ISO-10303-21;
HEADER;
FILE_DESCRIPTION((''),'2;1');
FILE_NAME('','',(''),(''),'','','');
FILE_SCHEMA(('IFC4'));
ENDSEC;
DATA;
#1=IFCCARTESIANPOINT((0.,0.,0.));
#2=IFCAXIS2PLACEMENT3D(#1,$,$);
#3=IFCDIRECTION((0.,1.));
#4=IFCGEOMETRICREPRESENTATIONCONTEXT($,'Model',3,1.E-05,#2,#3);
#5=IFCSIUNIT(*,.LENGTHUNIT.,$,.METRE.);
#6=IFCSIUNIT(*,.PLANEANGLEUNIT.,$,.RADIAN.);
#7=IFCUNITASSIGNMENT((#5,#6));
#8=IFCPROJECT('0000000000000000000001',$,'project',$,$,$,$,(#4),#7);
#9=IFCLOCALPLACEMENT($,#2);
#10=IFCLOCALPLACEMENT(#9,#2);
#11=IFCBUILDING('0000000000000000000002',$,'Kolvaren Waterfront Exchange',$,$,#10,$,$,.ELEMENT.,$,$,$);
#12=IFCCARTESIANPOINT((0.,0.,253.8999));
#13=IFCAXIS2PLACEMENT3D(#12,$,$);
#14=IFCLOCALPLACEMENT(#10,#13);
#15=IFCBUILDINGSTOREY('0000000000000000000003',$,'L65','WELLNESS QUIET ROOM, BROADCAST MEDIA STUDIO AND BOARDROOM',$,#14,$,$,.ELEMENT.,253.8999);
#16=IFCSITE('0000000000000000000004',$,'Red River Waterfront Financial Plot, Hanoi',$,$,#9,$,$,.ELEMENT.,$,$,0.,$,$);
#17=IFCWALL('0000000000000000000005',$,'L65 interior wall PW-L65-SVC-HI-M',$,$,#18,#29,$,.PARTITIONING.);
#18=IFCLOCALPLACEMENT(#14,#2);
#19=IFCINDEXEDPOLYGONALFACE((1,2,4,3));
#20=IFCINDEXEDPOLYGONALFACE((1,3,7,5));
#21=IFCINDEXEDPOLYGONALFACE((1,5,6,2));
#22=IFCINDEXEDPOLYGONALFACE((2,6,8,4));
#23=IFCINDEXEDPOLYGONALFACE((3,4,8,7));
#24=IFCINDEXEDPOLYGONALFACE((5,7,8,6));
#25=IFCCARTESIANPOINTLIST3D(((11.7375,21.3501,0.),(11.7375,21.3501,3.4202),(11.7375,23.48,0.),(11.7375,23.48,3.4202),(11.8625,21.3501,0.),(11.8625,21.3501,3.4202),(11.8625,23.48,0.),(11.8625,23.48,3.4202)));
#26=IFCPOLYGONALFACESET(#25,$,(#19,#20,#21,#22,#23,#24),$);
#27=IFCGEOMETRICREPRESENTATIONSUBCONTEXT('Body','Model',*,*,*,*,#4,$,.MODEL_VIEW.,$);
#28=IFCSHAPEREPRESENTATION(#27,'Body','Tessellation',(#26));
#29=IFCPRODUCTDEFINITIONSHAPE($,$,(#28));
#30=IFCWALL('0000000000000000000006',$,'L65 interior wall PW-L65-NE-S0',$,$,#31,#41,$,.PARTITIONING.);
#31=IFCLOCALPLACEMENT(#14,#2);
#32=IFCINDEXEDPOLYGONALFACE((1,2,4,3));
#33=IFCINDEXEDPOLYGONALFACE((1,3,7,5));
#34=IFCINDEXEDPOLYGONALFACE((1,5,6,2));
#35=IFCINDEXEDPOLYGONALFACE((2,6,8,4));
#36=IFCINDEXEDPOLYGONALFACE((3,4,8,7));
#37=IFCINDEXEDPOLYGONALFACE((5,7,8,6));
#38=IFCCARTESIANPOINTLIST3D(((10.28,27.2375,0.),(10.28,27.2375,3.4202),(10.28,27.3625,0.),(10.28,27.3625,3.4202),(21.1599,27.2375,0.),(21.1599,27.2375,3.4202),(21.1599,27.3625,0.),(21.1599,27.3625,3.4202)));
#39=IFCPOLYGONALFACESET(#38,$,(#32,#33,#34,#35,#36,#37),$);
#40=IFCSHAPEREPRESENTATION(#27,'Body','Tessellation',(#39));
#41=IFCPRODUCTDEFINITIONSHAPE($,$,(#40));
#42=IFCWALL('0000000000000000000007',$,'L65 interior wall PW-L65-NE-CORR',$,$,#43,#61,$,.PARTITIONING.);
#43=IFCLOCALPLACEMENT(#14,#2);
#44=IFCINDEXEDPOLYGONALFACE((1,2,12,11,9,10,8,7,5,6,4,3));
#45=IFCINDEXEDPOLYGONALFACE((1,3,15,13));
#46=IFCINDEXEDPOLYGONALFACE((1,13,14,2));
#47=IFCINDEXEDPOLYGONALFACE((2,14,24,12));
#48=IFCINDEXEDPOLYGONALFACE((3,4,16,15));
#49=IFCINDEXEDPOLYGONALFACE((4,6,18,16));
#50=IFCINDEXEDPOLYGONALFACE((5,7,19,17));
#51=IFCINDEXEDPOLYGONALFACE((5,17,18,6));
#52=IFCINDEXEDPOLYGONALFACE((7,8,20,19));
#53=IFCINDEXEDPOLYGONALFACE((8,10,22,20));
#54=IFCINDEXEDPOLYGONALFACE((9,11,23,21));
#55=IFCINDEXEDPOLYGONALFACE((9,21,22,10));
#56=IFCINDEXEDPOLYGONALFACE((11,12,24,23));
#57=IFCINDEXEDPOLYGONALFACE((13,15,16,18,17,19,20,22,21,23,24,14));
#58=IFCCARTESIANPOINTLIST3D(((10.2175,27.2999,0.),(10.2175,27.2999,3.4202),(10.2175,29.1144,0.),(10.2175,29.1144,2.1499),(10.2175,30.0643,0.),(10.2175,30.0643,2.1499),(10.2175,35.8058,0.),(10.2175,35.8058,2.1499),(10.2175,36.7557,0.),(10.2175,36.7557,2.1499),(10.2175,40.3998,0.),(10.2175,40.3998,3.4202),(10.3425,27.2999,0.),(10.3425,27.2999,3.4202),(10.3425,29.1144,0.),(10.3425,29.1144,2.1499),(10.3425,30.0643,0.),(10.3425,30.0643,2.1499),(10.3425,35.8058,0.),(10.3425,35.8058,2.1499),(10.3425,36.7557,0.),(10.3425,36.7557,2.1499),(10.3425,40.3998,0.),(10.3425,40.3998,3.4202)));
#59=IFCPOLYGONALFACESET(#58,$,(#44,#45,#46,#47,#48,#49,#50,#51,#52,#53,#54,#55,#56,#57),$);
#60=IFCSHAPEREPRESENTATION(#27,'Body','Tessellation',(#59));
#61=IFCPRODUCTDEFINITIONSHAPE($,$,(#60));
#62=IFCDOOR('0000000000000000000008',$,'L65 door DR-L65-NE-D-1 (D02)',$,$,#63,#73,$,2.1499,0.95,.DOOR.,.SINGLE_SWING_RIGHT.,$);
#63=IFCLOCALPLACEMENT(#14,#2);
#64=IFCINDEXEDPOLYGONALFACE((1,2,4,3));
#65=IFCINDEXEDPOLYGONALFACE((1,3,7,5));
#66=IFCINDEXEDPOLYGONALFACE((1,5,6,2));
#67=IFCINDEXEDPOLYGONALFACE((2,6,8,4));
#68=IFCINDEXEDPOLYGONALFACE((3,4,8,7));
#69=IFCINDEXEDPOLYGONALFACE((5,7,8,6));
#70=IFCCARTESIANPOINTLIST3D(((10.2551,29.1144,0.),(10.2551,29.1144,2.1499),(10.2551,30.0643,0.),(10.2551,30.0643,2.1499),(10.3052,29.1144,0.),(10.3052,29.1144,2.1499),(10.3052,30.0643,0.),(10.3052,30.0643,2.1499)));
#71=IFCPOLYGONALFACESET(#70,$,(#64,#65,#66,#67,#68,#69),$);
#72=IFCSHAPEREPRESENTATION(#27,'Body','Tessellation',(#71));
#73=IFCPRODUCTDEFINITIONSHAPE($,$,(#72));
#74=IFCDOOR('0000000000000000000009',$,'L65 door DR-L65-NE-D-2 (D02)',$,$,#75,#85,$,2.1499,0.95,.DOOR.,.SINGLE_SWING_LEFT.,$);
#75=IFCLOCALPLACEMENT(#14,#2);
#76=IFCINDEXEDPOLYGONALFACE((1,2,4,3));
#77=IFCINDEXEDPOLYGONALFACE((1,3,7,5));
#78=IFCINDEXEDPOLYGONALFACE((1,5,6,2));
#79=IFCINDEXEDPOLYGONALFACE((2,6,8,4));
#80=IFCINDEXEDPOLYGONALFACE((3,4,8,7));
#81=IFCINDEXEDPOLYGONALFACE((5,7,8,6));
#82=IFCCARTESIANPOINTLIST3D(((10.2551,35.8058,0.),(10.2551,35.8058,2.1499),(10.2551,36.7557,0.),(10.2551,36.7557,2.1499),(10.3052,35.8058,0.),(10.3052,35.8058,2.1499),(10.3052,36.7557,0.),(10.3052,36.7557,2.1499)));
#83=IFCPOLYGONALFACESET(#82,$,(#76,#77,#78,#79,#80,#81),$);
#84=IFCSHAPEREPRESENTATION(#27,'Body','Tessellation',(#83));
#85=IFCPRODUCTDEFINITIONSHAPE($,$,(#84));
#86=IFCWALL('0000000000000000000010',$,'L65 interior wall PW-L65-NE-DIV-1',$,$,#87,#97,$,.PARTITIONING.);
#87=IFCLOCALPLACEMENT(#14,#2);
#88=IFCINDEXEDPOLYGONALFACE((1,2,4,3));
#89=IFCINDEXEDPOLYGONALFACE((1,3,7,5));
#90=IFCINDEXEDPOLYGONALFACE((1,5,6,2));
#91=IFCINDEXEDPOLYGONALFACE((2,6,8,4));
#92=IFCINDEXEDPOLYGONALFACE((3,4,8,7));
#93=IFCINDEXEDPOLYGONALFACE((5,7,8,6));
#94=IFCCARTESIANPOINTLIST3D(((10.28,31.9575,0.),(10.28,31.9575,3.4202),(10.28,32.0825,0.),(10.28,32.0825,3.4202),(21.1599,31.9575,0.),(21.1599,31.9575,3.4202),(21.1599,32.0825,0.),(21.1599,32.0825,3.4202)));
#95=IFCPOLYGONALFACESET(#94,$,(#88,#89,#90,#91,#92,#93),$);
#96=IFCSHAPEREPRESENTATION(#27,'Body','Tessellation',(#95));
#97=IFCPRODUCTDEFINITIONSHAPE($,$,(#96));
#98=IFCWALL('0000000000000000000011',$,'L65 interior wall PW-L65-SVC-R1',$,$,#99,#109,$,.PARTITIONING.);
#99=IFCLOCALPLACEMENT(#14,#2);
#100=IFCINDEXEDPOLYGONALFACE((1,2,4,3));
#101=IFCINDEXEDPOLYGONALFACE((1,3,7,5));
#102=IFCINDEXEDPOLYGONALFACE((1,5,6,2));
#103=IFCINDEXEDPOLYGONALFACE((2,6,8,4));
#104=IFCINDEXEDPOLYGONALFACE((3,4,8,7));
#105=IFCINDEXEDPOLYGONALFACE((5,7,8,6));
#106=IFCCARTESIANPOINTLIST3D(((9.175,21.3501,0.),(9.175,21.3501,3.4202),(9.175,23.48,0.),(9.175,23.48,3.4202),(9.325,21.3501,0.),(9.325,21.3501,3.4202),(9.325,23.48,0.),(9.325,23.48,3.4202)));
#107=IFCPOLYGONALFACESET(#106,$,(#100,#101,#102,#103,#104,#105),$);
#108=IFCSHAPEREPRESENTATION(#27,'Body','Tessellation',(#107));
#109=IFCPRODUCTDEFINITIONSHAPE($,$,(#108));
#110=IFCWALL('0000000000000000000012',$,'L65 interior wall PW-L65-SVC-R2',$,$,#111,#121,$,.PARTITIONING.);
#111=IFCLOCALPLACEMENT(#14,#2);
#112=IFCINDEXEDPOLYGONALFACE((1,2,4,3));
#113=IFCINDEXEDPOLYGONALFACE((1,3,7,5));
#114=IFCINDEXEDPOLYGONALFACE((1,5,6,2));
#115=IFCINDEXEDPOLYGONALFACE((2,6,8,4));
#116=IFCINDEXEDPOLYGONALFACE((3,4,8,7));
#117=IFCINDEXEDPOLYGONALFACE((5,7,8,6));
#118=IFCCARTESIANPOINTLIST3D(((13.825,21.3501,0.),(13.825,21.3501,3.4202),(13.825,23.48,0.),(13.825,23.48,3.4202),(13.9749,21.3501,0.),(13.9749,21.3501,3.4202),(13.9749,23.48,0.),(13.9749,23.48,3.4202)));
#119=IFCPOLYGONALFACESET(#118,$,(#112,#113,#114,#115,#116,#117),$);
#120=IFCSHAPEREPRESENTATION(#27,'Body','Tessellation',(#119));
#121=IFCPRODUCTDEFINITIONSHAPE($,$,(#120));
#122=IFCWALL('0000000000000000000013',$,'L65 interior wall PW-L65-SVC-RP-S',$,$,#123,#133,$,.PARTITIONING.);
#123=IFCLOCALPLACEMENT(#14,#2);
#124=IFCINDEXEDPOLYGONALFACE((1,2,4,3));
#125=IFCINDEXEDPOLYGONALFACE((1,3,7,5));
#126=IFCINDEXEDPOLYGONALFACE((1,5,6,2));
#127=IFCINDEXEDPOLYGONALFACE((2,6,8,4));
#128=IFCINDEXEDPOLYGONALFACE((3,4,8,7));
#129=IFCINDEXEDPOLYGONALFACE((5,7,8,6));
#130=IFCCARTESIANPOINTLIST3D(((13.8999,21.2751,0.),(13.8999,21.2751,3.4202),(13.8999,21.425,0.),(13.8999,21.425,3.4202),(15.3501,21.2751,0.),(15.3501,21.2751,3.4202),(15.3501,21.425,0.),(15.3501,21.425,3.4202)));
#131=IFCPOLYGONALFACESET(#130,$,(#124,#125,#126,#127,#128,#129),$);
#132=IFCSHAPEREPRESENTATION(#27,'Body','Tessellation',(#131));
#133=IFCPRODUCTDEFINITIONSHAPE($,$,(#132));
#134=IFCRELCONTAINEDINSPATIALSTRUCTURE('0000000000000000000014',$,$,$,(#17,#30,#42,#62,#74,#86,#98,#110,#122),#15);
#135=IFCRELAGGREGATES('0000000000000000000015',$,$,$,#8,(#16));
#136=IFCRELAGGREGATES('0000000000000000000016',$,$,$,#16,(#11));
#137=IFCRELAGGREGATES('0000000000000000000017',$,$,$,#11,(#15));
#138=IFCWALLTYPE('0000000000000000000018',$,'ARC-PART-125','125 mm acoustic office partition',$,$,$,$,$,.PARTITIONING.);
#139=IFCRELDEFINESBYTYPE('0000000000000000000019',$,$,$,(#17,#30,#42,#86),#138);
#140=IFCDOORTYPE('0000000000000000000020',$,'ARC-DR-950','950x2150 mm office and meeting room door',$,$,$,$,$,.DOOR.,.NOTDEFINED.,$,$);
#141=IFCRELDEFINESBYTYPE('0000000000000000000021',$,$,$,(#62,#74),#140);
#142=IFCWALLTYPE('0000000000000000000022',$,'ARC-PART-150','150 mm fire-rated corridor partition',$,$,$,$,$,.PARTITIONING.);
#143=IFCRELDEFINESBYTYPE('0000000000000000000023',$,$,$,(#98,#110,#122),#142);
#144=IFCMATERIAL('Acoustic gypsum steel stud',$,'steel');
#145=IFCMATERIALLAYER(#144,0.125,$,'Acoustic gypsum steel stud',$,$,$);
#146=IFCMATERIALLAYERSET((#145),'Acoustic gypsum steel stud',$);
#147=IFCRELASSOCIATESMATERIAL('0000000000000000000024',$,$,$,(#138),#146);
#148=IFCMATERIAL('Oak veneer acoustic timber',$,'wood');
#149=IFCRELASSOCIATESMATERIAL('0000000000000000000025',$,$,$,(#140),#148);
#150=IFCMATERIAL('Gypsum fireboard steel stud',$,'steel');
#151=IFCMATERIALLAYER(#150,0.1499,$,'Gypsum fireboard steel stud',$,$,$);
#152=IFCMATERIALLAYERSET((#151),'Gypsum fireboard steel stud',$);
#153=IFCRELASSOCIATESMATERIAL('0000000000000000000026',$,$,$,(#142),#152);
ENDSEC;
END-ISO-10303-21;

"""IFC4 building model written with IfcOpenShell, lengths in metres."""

from ifc_helpers import new_model, si_unit, direction, frame, frame_2d, origin, place, context, subcontext, project, spatial, rectangle, extrude, material, layer, layer_set, type_object, element, fill, save


model = new_model("IFC4")

# Units and contexts
model_context = context("Model", 3, precision=1e-05, world=origin(), true_north=direction((0.0, 1.0)))
body_context = subcontext(model_context, "Body", "Model", "MODEL_VIEW")
ifc_project = project(units=[si_unit("LENGTHUNIT", "METRE"), si_unit("PLANEANGLEUNIT", "RADIAN")], contexts=[model_context])

# Site, building, storey
site_placement = place(None, origin())
site = spatial("IfcSite", under=ifc_project, at=site_placement, Name="Red River Waterfront Financial Plot, Hanoi", CompositionType="ELEMENT", RefElevation=0.0)
building_placement = place(site_placement, origin())
building = spatial("IfcBuilding", under=site, at=building_placement, Name="Kolvaren Waterfront Exchange", CompositionType="ELEMENT")
storey_placement = place(building_placement, frame((0.0, 0.0, 253.8999)))
storey = spatial("IfcBuildingStorey", under=building, at=storey_placement, Name="L65", Description="WELLNESS QUIET ROOM, BROADCAST MEDIA STUDIO AND BOARDROOM", CompositionType="ELEMENT", Elevation=253.8999)

# Shared definitions
ifc_material_1 = material(Name="Acoustic gypsum steel stud", Category="steel")
ifc_layer_1 = layer(ifc_material_1, 0.125, Name="Acoustic gypsum steel stud")
ifc_layer_set_1 = layer_set([ifc_layer_1], Name="Acoustic gypsum steel stud")
wall_type_1 = type_object("IfcWallType", Name="ARC-PART-125", Description="125 mm acoustic office partition", PredefinedType="PARTITIONING", material=ifc_layer_set_1)

# Walls
wall_1_placement = place(storey_placement, frame((11.8, 21.3501, 0.0), z_axis=(0.0, 0.0, 1.0), x_axis=(0.0, 1.0, 0.0)))
element("IfcWall", 1, at=wall_1_placement, inside=storey, type_object=wall_type_1, Name="L65 interior wall PW-L65-SVC-HI-M", PredefinedType="PARTITIONING", context=body_context, shape_type="SweptSolid", body=[
    extrude(rectangle(XDim=2.1299, YDim=0.125, at=frame_2d((1.0649, 0.0))), origin(), (0.0, 0.0, 1.0), 3.4202),
])
wall_2_placement = place(storey_placement, frame((10.28, 27.3, 0.0), z_axis=(0.0, 0.0, 1.0), x_axis=(1.0, 0.0, 0.0)))
element("IfcWall", 2, at=wall_2_placement, inside=storey, type_object=wall_type_1, Name="L65 interior wall PW-L65-NE-S0", PredefinedType="PARTITIONING", context=body_context, shape_type="SweptSolid", body=[
    extrude(rectangle(XDim=10.8799, YDim=0.125, at=frame_2d((5.4399, 0.0))), origin(), (0.0, 0.0, 1.0), 3.4202),
])

# Wall, openings, doors
wall_3_placement = place(storey_placement, frame((10.28, 27.3, 0.0), z_axis=(0.0, 0.0, 1.0), x_axis=(0.0, 1.0, 0.0)))
wall_3 = element("IfcWall", 3, at=wall_3_placement, inside=storey, type_object=wall_type_1, Name="L65 interior wall PW-L65-NE-CORR", PredefinedType="PARTITIONING", context=body_context, shape_type="SweptSolid", body=[
    extrude(rectangle(XDim=13.0999, YDim=0.125, at=frame_2d((6.5498, 0.0))), origin(), (0.0, 0.0, 1.0), 3.4202),
])
opening_1_placement = place(wall_3_placement, frame((1.8142, 0.0, 0.0)))
opening_1 = element("IfcOpeningElement", 4, at=opening_1_placement, cuts=wall_3, PredefinedType="OPENING", context=body_context, shape_type="SweptSolid", body=[
    extrude(rectangle(XDim=0.95, YDim=2.1499, at=frame_2d((0.4751, 1.075))), frame((0.0, 0.0725, 0.0), z_axis=(0.0, -1.0, 0.0), x_axis=(1.0, 0.0, 0.0)), (0.0, 0.0, 1.0), 0.145),
])
opening_2_placement = place(wall_3_placement, frame((8.5056, 0.0, 0.0)))
opening_2 = element("IfcOpeningElement", 5, at=opening_2_placement, cuts=wall_3, PredefinedType="OPENING", context=body_context, shape_type="SweptSolid", body=[
    extrude(rectangle(XDim=0.95, YDim=2.1499, at=frame_2d((0.4751, 1.075))), frame((0.0, 0.0725, 0.0), z_axis=(0.0, -1.0, 0.0), x_axis=(1.0, 0.0, 0.0)), (0.0, 0.0, 1.0), 0.145),
])
ifc_material_2 = material(Name="Oak veneer acoustic timber", Category="wood")
door_type_1 = type_object("IfcDoorType", Name="ARC-DR-950", Description="950x2150 mm office and meeting room door", OperationType="NOTDEFINED", PredefinedType="DOOR", material=ifc_material_2)
door_1_placement = place(opening_1_placement, origin())
door_1 = element("IfcDoor", 6, at=door_1_placement, inside=storey, type_object=door_type_1, Name="L65 door DR-L65-NE-D-1 (D02)", OperationType="SINGLE_SWING_RIGHT", OverallHeight=2.1499, OverallWidth=0.95, PredefinedType="DOOR", context=body_context, shape_type="SweptSolid", body=[
    extrude(rectangle(XDim=0.95, YDim=2.1499, at=frame_2d((0.4751, 1.075))), frame((0.0, 0.0249, 0.0), z_axis=(0.0, -1.0, 0.0), x_axis=(1.0, 0.0, 0.0)), (0.0, 0.0, 1.0), 0.05),
])
fill(opening_1, door_1)
door_2_placement = place(opening_2_placement, origin())
door_2 = element("IfcDoor", 7, at=door_2_placement, inside=storey, type_object=door_type_1, Name="L65 door DR-L65-NE-D-2 (D02)", OperationType="SINGLE_SWING_LEFT", OverallHeight=2.1499, OverallWidth=0.95, PredefinedType="DOOR", context=body_context, shape_type="SweptSolid", body=[
    extrude(rectangle(XDim=0.95, YDim=2.1499, at=frame_2d((0.4751, 1.075))), frame((0.0, 0.0249, 0.0), z_axis=(0.0, -1.0, 0.0), x_axis=(1.0, 0.0, 0.0)), (0.0, 0.0, 1.0), 0.05),
])
fill(opening_2, door_2)

# Walls
wall_4_placement = place(storey_placement, frame((10.28, 32.02, 0.0), z_axis=(0.0, 0.0, 1.0), x_axis=(1.0, 0.0, 0.0)))
element("IfcWall", 8, at=wall_4_placement, inside=storey, type_object=wall_type_1, Name="L65 interior wall PW-L65-NE-DIV-1", PredefinedType="PARTITIONING", context=body_context, shape_type="SweptSolid", body=[
    extrude(rectangle(XDim=10.8799, YDim=0.125, at=frame_2d((5.4399, 0.0))), origin(), (0.0, 0.0, 1.0), 3.4202),
])
ifc_material_3 = material(Name="Gypsum fireboard steel stud", Category="steel")
ifc_layer_2 = layer(ifc_material_3, 0.1499, Name="Gypsum fireboard steel stud")
ifc_layer_set_2 = layer_set([ifc_layer_2], Name="Gypsum fireboard steel stud")
wall_type_2 = type_object("IfcWallType", Name="ARC-PART-150", Description="150 mm fire-rated corridor partition", PredefinedType="PARTITIONING", material=ifc_layer_set_2)
for number, where, z_axis, x_axis, name in (
    (9, (9.25, 21.3501, 0.0), (0.0, 0.0, 1.0), (0.0, 1.0, 0.0), "L65 interior wall PW-L65-SVC-R1"),
    (10, (13.8999, 21.3501, 0.0), (0.0, 0.0, 1.0), (0.0, 1.0, 0.0), "L65 interior wall PW-L65-SVC-R2"),
):
    element("IfcWall", number, at=place(storey_placement, frame(where, z_axis=z_axis, x_axis=x_axis)), inside=storey, type_object=wall_type_2, Name=name, PredefinedType="PARTITIONING", context=body_context, shape_type="SweptSolid", body=[
        extrude(rectangle(XDim=2.1299, YDim=0.1499, at=frame_2d((1.0649, 0.0))), origin(), (0.0, 0.0, 1.0), 3.4202),
    ])
wall_5_placement = place(storey_placement, frame((13.8999, 21.3501, 0.0), z_axis=(0.0, 0.0, 1.0), x_axis=(1.0, 0.0, 0.0)))
element("IfcWall", 11, at=wall_5_placement, inside=storey, type_object=wall_type_2, Name="L65 interior wall PW-L65-SVC-RP-S", PredefinedType="PARTITIONING", context=body_context, shape_type="SweptSolid", body=[
    extrude(rectangle(XDim=1.4502, YDim=0.1499, at=frame_2d((0.7251, 0.0))), origin(), (0.0, 0.0, 1.0), 3.4202),
])

save(model, "model.ifc")
